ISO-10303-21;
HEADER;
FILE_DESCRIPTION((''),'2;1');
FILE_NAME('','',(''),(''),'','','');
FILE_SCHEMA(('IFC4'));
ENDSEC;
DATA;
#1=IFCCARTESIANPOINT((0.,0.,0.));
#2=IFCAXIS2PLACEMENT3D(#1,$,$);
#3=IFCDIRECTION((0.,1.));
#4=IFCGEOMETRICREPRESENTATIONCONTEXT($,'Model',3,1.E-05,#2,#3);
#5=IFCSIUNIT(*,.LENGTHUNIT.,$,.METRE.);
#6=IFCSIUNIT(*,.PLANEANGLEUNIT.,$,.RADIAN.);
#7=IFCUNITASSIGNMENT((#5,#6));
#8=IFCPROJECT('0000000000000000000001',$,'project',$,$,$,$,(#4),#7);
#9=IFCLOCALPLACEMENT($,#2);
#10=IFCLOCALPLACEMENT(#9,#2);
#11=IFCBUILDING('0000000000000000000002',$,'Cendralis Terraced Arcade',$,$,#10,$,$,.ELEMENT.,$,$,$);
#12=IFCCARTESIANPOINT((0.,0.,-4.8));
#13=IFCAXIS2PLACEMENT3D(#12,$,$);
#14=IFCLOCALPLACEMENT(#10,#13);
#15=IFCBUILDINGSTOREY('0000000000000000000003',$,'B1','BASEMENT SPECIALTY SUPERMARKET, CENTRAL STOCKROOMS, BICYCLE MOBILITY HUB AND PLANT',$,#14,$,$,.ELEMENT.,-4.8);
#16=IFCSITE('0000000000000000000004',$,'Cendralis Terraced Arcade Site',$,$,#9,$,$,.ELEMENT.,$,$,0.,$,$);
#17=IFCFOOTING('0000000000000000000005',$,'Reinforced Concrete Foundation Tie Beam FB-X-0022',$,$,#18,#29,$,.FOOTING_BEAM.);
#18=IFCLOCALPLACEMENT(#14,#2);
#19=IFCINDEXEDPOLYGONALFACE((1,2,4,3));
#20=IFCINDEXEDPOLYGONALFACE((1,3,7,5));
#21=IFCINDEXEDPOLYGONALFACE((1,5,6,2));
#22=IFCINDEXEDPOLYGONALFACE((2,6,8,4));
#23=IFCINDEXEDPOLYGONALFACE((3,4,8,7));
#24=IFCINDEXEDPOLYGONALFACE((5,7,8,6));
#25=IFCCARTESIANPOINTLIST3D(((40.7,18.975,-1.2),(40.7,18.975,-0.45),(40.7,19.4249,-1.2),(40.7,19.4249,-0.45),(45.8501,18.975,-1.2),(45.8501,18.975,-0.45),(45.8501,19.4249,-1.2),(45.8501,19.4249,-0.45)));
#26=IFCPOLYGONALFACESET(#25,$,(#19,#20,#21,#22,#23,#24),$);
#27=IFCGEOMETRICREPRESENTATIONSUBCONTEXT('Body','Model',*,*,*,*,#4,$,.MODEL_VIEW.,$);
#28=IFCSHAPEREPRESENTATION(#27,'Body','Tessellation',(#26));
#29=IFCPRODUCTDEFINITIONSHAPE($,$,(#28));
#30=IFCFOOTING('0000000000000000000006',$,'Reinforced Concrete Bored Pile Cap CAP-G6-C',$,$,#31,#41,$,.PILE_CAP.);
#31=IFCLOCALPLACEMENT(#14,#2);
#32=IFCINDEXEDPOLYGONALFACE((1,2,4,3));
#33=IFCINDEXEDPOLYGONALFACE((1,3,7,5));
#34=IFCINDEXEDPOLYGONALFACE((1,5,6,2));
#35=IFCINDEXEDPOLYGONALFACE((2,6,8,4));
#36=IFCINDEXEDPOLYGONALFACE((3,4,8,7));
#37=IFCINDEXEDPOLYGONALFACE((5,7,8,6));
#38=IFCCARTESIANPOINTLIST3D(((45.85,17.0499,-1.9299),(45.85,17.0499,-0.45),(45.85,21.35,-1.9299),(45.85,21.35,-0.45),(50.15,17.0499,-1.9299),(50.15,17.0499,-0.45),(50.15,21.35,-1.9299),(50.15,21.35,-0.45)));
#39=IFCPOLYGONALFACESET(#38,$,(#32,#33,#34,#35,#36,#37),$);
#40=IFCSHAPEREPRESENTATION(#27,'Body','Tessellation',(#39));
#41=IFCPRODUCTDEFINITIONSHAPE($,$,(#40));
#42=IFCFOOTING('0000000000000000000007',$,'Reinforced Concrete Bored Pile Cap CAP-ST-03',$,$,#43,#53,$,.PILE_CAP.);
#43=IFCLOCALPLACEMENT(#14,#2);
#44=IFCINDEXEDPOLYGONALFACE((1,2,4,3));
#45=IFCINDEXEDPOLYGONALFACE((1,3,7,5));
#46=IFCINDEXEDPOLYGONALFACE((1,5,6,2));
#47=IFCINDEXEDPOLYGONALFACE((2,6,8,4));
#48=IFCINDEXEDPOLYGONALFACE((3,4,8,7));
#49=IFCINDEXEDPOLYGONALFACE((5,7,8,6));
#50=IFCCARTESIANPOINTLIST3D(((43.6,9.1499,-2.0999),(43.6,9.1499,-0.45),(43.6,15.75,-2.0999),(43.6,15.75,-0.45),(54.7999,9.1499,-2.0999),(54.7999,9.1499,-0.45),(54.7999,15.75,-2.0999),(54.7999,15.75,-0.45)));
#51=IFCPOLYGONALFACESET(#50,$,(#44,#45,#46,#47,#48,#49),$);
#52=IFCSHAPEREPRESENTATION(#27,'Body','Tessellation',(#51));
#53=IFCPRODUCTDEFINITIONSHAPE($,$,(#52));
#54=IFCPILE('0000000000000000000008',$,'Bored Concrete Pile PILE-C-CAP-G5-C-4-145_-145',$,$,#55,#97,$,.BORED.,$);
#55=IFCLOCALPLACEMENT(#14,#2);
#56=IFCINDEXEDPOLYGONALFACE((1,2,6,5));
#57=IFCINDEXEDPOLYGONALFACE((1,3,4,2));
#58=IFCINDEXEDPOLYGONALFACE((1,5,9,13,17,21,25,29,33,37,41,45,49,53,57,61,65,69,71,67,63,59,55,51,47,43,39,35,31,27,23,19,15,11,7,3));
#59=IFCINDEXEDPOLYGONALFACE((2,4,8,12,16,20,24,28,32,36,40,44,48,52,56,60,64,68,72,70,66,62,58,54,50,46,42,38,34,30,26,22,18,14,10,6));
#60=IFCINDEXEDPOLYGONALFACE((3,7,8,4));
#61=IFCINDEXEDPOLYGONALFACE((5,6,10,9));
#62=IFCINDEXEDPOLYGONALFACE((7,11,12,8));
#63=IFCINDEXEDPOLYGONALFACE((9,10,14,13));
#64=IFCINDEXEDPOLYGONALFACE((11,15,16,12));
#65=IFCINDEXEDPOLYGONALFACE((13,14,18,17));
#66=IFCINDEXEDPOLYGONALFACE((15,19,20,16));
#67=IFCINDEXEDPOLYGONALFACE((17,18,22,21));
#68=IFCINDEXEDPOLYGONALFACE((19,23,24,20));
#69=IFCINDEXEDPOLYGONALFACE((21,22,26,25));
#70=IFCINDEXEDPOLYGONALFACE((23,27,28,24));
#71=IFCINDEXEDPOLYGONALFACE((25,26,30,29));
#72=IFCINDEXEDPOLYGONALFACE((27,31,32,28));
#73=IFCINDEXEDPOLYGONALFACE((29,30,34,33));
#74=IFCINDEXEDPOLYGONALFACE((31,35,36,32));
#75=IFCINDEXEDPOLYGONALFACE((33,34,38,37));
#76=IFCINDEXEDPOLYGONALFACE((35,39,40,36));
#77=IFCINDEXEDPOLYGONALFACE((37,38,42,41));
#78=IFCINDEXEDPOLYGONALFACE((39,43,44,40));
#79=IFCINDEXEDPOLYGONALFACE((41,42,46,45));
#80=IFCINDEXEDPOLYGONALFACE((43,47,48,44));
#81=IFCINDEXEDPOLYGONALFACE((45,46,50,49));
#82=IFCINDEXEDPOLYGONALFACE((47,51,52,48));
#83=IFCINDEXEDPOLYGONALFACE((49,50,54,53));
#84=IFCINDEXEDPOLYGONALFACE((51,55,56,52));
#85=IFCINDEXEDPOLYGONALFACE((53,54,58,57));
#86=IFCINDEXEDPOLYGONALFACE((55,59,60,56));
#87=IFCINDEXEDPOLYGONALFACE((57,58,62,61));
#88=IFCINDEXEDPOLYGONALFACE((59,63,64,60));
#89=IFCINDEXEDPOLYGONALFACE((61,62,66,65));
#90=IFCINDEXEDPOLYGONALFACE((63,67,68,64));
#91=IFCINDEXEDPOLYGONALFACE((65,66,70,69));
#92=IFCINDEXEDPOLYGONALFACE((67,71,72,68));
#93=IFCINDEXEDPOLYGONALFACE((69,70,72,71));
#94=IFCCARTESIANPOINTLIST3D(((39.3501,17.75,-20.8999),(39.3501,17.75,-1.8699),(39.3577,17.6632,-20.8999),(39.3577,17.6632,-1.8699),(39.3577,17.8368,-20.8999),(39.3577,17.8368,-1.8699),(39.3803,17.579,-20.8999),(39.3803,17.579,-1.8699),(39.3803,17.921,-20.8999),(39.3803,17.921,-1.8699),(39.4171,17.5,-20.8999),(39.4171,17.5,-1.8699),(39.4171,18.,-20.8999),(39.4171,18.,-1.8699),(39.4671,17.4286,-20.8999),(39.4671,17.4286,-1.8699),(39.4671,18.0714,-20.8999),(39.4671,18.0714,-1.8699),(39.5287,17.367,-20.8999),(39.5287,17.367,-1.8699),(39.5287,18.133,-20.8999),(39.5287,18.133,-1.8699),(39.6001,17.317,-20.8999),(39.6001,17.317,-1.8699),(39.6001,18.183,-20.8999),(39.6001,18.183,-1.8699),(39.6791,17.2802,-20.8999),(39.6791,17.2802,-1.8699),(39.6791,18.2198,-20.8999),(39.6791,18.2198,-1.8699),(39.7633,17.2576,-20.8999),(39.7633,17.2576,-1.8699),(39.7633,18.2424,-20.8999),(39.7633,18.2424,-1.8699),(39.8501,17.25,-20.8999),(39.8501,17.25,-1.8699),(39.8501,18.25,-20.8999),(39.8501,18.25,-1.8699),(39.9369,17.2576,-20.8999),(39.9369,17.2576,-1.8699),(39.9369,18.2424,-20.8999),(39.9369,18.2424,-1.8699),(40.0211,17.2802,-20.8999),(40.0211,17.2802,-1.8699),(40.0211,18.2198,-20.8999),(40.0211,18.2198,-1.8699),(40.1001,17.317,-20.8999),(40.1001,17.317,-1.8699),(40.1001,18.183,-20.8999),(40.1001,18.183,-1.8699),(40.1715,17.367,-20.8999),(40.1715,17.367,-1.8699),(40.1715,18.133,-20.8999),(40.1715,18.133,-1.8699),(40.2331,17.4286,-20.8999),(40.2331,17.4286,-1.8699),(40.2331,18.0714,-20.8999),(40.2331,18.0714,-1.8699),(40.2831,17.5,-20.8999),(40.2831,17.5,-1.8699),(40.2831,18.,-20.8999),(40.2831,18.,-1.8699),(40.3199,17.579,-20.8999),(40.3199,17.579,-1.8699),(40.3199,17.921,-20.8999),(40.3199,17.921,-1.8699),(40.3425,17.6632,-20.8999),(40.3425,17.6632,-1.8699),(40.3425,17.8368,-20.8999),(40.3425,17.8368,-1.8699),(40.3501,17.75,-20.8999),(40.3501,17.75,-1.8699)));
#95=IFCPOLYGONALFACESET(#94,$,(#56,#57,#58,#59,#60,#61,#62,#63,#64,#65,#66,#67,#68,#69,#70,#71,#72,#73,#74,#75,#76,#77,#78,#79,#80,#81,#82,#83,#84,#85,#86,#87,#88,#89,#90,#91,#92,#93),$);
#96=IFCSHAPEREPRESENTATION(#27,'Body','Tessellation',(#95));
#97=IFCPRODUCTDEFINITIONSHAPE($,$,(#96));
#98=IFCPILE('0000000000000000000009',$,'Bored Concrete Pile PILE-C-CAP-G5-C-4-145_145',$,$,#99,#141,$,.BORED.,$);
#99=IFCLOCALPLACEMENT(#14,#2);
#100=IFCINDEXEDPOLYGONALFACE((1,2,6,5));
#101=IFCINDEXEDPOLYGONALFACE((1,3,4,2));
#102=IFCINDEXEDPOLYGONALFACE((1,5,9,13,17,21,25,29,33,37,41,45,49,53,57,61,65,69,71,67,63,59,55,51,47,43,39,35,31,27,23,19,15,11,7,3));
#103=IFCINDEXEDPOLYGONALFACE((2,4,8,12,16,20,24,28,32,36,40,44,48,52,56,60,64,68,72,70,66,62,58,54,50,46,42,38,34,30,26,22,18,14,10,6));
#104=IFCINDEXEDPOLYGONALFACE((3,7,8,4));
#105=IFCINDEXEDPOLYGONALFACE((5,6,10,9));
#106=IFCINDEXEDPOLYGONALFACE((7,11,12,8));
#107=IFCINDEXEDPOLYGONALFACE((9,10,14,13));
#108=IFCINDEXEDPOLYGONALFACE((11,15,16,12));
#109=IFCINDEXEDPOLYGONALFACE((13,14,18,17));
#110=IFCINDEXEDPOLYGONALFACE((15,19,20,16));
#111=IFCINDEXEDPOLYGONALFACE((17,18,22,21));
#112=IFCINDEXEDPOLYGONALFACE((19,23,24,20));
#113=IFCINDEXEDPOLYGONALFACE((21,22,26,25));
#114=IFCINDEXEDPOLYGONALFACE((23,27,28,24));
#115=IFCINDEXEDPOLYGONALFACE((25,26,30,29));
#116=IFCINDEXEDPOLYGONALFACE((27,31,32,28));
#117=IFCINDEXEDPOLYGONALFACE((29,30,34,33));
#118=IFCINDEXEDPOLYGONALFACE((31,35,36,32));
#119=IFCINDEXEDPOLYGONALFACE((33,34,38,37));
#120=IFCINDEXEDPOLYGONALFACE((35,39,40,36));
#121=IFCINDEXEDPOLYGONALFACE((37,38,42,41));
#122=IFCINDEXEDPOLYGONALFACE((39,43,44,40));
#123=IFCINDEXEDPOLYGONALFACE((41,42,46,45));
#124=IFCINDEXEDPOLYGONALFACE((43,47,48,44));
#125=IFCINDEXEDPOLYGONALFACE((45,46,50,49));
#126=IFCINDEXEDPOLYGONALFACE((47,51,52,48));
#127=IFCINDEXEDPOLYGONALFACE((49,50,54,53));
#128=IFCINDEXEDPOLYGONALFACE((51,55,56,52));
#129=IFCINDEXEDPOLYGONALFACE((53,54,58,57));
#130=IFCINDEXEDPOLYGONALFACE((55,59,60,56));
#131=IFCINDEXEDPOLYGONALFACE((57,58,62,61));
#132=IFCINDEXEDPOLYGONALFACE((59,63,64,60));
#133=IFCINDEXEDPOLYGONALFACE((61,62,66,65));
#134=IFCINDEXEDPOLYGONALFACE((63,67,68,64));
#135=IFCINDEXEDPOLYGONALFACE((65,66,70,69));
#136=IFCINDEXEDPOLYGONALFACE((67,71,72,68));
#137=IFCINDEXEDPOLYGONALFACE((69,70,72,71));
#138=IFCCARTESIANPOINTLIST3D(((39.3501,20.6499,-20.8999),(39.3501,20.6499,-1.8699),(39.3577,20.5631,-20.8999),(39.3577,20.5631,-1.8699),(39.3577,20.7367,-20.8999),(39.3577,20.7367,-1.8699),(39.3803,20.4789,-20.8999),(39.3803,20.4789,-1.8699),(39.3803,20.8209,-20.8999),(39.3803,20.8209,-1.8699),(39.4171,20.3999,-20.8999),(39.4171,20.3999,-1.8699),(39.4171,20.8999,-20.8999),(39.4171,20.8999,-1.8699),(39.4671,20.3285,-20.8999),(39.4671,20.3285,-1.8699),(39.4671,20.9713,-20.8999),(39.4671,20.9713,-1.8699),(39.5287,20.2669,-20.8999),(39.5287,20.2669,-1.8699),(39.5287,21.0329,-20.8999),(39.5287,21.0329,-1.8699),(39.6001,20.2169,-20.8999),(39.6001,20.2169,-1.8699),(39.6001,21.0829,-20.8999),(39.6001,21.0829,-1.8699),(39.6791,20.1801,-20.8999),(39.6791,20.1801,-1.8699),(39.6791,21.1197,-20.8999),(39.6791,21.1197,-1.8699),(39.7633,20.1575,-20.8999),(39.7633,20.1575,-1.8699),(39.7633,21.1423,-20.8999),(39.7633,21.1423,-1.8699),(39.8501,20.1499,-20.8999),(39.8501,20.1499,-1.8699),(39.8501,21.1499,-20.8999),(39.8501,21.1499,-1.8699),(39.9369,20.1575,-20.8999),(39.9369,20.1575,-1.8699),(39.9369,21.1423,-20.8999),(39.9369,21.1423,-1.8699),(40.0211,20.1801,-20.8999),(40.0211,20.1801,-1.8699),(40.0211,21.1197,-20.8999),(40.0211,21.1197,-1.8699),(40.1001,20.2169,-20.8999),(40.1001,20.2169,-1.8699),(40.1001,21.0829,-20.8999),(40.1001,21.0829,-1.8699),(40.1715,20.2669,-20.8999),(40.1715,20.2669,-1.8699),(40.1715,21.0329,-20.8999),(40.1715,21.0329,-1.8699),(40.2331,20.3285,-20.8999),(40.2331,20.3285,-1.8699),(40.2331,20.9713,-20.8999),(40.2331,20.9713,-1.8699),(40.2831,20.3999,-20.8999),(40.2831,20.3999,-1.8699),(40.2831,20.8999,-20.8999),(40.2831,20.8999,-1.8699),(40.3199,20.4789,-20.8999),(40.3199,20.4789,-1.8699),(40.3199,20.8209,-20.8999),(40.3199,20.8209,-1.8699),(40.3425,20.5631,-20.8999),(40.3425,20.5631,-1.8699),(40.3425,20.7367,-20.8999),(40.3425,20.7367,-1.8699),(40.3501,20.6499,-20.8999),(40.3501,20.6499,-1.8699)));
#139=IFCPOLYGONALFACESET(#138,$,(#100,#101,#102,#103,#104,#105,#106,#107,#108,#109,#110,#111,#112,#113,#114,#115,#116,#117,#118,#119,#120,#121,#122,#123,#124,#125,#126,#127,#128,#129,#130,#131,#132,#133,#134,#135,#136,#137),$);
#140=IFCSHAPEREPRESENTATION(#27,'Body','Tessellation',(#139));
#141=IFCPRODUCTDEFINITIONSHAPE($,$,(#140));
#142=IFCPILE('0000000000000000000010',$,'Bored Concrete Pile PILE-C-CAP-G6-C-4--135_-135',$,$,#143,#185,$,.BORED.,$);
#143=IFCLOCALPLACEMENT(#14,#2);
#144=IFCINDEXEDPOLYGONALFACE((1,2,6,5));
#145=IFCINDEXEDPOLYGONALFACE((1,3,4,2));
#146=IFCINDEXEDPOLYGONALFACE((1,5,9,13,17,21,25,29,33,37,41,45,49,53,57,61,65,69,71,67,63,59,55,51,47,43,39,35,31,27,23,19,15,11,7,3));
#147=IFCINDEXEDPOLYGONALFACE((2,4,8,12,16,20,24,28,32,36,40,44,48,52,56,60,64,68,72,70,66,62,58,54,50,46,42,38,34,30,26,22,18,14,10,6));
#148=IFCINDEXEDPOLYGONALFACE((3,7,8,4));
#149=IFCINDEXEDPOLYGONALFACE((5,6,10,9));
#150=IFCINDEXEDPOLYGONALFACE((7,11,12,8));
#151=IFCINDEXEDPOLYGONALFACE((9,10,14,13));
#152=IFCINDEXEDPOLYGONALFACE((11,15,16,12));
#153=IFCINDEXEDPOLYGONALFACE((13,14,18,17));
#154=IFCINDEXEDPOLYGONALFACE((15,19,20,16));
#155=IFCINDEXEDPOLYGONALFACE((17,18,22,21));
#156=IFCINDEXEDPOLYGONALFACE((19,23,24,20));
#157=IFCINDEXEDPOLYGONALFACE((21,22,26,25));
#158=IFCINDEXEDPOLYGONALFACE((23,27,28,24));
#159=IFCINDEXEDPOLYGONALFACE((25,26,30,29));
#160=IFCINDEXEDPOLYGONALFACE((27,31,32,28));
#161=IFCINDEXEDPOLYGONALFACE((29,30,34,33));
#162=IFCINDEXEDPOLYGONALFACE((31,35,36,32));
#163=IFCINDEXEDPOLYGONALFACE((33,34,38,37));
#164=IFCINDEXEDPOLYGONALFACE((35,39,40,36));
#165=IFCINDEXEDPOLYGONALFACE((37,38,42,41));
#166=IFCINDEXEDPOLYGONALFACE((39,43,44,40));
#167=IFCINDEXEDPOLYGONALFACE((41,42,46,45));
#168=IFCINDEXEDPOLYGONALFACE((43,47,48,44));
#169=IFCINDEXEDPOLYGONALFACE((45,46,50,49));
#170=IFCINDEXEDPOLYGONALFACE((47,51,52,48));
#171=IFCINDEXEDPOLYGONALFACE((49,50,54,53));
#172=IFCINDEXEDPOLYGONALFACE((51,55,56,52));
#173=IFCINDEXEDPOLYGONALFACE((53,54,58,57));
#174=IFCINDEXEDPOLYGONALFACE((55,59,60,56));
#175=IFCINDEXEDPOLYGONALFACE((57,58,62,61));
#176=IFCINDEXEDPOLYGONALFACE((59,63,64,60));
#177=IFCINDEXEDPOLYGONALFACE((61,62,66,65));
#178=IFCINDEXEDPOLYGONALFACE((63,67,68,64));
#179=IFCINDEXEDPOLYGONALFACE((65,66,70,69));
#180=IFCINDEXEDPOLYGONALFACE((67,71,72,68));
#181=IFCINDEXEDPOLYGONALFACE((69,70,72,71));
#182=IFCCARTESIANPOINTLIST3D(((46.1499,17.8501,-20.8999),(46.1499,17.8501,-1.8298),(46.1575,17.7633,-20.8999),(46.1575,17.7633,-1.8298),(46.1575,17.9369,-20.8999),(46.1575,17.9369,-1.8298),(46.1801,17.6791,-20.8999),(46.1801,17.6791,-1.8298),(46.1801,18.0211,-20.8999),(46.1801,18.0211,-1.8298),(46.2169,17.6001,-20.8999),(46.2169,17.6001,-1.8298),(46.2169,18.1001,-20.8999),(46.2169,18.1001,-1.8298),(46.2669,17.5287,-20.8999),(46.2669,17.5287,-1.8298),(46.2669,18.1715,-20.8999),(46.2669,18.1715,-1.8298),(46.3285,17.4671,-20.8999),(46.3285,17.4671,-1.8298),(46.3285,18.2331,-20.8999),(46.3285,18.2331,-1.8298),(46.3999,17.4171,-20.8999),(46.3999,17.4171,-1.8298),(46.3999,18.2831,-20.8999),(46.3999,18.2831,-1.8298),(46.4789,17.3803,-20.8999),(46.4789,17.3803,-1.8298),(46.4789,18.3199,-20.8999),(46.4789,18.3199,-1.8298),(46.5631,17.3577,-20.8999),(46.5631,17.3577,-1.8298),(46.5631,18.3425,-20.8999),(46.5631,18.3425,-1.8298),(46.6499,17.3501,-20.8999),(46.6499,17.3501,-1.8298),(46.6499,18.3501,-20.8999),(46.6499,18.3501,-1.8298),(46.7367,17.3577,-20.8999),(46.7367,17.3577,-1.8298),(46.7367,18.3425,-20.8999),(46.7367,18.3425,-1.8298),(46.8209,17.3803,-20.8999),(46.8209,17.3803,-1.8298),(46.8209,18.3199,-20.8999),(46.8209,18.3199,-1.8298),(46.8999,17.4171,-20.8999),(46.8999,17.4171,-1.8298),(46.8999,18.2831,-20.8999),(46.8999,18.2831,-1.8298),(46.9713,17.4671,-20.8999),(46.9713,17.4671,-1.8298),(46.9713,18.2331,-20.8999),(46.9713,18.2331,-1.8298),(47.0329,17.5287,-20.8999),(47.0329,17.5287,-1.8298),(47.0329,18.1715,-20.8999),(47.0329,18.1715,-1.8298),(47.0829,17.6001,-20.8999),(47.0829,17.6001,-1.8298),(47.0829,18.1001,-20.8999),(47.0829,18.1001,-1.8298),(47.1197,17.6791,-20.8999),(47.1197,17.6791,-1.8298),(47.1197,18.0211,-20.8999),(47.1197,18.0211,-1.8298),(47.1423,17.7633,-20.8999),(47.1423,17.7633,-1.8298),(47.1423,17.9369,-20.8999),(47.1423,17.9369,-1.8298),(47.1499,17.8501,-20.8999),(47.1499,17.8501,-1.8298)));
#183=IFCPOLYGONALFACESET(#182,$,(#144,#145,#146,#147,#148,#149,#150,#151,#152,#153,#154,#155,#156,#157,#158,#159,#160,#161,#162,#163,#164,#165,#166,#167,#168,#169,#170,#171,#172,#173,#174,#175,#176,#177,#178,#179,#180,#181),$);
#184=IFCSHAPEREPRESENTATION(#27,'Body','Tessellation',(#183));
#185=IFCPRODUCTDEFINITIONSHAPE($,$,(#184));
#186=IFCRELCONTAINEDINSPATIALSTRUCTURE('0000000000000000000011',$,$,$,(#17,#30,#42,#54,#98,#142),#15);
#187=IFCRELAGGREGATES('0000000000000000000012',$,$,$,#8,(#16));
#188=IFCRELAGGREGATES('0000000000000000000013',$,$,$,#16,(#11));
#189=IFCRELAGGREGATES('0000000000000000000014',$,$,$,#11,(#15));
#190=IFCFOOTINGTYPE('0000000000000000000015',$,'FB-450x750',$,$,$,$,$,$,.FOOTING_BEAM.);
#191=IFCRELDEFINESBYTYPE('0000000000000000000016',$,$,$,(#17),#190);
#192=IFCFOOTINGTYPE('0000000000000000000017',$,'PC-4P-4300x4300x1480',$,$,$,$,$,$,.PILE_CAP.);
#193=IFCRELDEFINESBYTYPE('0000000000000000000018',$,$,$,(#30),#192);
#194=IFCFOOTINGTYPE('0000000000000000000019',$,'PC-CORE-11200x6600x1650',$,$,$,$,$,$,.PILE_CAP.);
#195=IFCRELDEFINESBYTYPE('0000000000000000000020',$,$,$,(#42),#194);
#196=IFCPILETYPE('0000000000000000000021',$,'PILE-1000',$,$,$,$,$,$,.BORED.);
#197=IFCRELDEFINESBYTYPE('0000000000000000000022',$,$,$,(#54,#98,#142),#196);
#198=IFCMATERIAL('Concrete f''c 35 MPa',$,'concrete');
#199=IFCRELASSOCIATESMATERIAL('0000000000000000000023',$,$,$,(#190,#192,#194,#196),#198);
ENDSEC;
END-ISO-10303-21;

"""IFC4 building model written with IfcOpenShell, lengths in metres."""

from ifc_helpers import new_model, si_unit, direction, frame, origin, origin_2d, place, context, subcontext, project, spatial, rectangle, circle, extrude, material, material_profile, profile_set, type_object, element, save


model = new_model("IFC4")

# Units and contexts
model_context = context("Model", 3, precision=1e-05, world=origin(), true_north=direction((0.0, 1.0)))
body_context = subcontext(model_context, "Body", "Model", "MODEL_VIEW")
ifc_project = project(units=[si_unit("LENGTHUNIT", "METRE"), si_unit("PLANEANGLEUNIT", "RADIAN")], contexts=[model_context])

# Site, building, storey
site_placement = place(None, origin())
site = spatial("IfcSite", under=ifc_project, at=site_placement, Name="Cendralis Terraced Arcade Site", CompositionType="ELEMENT", RefElevation=0.0)
building_placement = place(site_placement, origin())
building = spatial("IfcBuilding", under=site, at=building_placement, Name="Cendralis Terraced Arcade", CompositionType="ELEMENT")
storey_placement = place(building_placement, frame((0.0, 0.0, -4.8)))
storey = spatial("IfcBuildingStorey", under=building, at=storey_placement, Name="B1", Description="BASEMENT SPECIALTY SUPERMARKET, CENTRAL STOCKROOMS, BICYCLE MOBILITY HUB AND PLANT", CompositionType="ELEMENT", Elevation=-4.8)

# Footings
ifc_material_1 = material(Name="Concrete f'c 35 MPa", Category="concrete")
ifc_material_profile_1 = material_profile(ifc_material_1, rectangle(XDim=0.45, YDim=0.75, at=origin_2d()), Name="FB-450x750", Category="LoadBearing")
ifc_profile_set_1 = profile_set([ifc_material_profile_1], Name="Concrete f'c 35 MPa")
footing_type_1 = type_object("IfcFootingType", Name="FB-450x750", PredefinedType="FOOTING_BEAM", material=ifc_profile_set_1)
footing_1_placement = place(storey_placement, frame((40.7, 19.2, -0.825), z_axis=(1.0, 0.0, 0.0), x_axis=(0.0, 1.0, 0.0)))
element("IfcFooting", 1, at=footing_1_placement, inside=storey, type_object=footing_type_1, Name="Reinforced Concrete Foundation Tie Beam FB-X-0022", PredefinedType="FOOTING_BEAM", context=body_context, shape_type="SweptSolid", body=[
    extrude(rectangle(XDim=0.45, YDim=0.75, at=origin_2d()), origin(), (0.0, 0.0, 1.0), 5.1501),
])
footing_type_2 = type_object("IfcFootingType", Name="PC-4P-4300x4300x1480", PredefinedType="PILE_CAP", material=ifc_material_1)
footing_2_placement = place(storey_placement, frame((48.0, 19.2, -1.9299), z_axis=(0.0, 0.0, 1.0), x_axis=(1.0, 0.0, 0.0)))
element("IfcFooting", 2, at=footing_2_placement, inside=storey, type_object=footing_type_2, Name="Reinforced Concrete Bored Pile Cap CAP-G6-C", PredefinedType="PILE_CAP", context=body_context, shape_type="SweptSolid", body=[
    extrude(rectangle(XDim=4.3, YDim=4.3, at=origin_2d()), origin(), (0.0, 0.0, 1.0), 1.48),
])
footing_type_3 = type_object("IfcFootingType", Name="PC-CORE-11200x6600x1650", PredefinedType="PILE_CAP", material=ifc_material_1)
footing_3_placement = place(storey_placement, frame((49.2, 12.45, -2.0999), z_axis=(0.0, 0.0, 1.0), x_axis=(1.0, 0.0, 0.0)))
element("IfcFooting", 3, at=footing_3_placement, inside=storey, type_object=footing_type_3, Name="Reinforced Concrete Bored Pile Cap CAP-ST-03", PredefinedType="PILE_CAP", context=body_context, shape_type="SweptSolid", body=[
    extrude(rectangle(XDim=11.2, YDim=6.6001, at=origin_2d()), origin(), (0.0, 0.0, 1.0), 1.6499),
])

# Piles
ifc_material_profile_2 = material_profile(ifc_material_1, circle(Radius=0.5, at=origin_2d()), Name="PILE-D1000", Category="LoadBearing")
ifc_profile_set_2 = profile_set([ifc_material_profile_2], Name="Concrete f'c 35 MPa")
pile_type_1 = type_object("IfcPileType", Name="PILE-1000", PredefinedType="BORED", material=ifc_profile_set_2)
for number, where, z_axis, x_axis, name in (
    (4, (39.8501, 17.75, -1.8699), (0.0, 0.0, -1.0), (1.0, 0.0, 0.0), "Bored Concrete Pile PILE-C-CAP-G5-C-4-145_-145"),
    (5, (39.8501, 20.6499, -1.8699), (0.0, 0.0, -1.0), (1.0, 0.0, 0.0), "Bored Concrete Pile PILE-C-CAP-G5-C-4-145_145"),
):
    element("IfcPile", number, at=place(storey_placement, frame(where, z_axis=z_axis, x_axis=x_axis)), inside=storey, type_object=pile_type_1, Name=name, PredefinedType="BORED", context=body_context, shape_type="SweptSolid", body=[
        extrude(circle(Radius=0.5, at=origin_2d()), origin(), (0.0, 0.0, 1.0), 19.03),
    ])
for number, where, z_axis, x_axis, name in (
    (6, (46.6499, 17.8501, -1.8298), (0.0, 0.0, -1.0), (1.0, 0.0, 0.0), "Bored Concrete Pile PILE-C-CAP-G6-C-4--135_-135"),
):
    element("IfcPile", number, at=place(storey_placement, frame(where, z_axis=z_axis, x_axis=x_axis)), inside=storey, type_object=pile_type_1, Name=name, PredefinedType="BORED", context=body_context, shape_type="SweptSolid", body=[
        extrude(circle(Radius=0.5, at=origin_2d()), origin(), (0.0, 0.0, 1.0), 19.0701),
    ])

save(model, "model.ifc")
